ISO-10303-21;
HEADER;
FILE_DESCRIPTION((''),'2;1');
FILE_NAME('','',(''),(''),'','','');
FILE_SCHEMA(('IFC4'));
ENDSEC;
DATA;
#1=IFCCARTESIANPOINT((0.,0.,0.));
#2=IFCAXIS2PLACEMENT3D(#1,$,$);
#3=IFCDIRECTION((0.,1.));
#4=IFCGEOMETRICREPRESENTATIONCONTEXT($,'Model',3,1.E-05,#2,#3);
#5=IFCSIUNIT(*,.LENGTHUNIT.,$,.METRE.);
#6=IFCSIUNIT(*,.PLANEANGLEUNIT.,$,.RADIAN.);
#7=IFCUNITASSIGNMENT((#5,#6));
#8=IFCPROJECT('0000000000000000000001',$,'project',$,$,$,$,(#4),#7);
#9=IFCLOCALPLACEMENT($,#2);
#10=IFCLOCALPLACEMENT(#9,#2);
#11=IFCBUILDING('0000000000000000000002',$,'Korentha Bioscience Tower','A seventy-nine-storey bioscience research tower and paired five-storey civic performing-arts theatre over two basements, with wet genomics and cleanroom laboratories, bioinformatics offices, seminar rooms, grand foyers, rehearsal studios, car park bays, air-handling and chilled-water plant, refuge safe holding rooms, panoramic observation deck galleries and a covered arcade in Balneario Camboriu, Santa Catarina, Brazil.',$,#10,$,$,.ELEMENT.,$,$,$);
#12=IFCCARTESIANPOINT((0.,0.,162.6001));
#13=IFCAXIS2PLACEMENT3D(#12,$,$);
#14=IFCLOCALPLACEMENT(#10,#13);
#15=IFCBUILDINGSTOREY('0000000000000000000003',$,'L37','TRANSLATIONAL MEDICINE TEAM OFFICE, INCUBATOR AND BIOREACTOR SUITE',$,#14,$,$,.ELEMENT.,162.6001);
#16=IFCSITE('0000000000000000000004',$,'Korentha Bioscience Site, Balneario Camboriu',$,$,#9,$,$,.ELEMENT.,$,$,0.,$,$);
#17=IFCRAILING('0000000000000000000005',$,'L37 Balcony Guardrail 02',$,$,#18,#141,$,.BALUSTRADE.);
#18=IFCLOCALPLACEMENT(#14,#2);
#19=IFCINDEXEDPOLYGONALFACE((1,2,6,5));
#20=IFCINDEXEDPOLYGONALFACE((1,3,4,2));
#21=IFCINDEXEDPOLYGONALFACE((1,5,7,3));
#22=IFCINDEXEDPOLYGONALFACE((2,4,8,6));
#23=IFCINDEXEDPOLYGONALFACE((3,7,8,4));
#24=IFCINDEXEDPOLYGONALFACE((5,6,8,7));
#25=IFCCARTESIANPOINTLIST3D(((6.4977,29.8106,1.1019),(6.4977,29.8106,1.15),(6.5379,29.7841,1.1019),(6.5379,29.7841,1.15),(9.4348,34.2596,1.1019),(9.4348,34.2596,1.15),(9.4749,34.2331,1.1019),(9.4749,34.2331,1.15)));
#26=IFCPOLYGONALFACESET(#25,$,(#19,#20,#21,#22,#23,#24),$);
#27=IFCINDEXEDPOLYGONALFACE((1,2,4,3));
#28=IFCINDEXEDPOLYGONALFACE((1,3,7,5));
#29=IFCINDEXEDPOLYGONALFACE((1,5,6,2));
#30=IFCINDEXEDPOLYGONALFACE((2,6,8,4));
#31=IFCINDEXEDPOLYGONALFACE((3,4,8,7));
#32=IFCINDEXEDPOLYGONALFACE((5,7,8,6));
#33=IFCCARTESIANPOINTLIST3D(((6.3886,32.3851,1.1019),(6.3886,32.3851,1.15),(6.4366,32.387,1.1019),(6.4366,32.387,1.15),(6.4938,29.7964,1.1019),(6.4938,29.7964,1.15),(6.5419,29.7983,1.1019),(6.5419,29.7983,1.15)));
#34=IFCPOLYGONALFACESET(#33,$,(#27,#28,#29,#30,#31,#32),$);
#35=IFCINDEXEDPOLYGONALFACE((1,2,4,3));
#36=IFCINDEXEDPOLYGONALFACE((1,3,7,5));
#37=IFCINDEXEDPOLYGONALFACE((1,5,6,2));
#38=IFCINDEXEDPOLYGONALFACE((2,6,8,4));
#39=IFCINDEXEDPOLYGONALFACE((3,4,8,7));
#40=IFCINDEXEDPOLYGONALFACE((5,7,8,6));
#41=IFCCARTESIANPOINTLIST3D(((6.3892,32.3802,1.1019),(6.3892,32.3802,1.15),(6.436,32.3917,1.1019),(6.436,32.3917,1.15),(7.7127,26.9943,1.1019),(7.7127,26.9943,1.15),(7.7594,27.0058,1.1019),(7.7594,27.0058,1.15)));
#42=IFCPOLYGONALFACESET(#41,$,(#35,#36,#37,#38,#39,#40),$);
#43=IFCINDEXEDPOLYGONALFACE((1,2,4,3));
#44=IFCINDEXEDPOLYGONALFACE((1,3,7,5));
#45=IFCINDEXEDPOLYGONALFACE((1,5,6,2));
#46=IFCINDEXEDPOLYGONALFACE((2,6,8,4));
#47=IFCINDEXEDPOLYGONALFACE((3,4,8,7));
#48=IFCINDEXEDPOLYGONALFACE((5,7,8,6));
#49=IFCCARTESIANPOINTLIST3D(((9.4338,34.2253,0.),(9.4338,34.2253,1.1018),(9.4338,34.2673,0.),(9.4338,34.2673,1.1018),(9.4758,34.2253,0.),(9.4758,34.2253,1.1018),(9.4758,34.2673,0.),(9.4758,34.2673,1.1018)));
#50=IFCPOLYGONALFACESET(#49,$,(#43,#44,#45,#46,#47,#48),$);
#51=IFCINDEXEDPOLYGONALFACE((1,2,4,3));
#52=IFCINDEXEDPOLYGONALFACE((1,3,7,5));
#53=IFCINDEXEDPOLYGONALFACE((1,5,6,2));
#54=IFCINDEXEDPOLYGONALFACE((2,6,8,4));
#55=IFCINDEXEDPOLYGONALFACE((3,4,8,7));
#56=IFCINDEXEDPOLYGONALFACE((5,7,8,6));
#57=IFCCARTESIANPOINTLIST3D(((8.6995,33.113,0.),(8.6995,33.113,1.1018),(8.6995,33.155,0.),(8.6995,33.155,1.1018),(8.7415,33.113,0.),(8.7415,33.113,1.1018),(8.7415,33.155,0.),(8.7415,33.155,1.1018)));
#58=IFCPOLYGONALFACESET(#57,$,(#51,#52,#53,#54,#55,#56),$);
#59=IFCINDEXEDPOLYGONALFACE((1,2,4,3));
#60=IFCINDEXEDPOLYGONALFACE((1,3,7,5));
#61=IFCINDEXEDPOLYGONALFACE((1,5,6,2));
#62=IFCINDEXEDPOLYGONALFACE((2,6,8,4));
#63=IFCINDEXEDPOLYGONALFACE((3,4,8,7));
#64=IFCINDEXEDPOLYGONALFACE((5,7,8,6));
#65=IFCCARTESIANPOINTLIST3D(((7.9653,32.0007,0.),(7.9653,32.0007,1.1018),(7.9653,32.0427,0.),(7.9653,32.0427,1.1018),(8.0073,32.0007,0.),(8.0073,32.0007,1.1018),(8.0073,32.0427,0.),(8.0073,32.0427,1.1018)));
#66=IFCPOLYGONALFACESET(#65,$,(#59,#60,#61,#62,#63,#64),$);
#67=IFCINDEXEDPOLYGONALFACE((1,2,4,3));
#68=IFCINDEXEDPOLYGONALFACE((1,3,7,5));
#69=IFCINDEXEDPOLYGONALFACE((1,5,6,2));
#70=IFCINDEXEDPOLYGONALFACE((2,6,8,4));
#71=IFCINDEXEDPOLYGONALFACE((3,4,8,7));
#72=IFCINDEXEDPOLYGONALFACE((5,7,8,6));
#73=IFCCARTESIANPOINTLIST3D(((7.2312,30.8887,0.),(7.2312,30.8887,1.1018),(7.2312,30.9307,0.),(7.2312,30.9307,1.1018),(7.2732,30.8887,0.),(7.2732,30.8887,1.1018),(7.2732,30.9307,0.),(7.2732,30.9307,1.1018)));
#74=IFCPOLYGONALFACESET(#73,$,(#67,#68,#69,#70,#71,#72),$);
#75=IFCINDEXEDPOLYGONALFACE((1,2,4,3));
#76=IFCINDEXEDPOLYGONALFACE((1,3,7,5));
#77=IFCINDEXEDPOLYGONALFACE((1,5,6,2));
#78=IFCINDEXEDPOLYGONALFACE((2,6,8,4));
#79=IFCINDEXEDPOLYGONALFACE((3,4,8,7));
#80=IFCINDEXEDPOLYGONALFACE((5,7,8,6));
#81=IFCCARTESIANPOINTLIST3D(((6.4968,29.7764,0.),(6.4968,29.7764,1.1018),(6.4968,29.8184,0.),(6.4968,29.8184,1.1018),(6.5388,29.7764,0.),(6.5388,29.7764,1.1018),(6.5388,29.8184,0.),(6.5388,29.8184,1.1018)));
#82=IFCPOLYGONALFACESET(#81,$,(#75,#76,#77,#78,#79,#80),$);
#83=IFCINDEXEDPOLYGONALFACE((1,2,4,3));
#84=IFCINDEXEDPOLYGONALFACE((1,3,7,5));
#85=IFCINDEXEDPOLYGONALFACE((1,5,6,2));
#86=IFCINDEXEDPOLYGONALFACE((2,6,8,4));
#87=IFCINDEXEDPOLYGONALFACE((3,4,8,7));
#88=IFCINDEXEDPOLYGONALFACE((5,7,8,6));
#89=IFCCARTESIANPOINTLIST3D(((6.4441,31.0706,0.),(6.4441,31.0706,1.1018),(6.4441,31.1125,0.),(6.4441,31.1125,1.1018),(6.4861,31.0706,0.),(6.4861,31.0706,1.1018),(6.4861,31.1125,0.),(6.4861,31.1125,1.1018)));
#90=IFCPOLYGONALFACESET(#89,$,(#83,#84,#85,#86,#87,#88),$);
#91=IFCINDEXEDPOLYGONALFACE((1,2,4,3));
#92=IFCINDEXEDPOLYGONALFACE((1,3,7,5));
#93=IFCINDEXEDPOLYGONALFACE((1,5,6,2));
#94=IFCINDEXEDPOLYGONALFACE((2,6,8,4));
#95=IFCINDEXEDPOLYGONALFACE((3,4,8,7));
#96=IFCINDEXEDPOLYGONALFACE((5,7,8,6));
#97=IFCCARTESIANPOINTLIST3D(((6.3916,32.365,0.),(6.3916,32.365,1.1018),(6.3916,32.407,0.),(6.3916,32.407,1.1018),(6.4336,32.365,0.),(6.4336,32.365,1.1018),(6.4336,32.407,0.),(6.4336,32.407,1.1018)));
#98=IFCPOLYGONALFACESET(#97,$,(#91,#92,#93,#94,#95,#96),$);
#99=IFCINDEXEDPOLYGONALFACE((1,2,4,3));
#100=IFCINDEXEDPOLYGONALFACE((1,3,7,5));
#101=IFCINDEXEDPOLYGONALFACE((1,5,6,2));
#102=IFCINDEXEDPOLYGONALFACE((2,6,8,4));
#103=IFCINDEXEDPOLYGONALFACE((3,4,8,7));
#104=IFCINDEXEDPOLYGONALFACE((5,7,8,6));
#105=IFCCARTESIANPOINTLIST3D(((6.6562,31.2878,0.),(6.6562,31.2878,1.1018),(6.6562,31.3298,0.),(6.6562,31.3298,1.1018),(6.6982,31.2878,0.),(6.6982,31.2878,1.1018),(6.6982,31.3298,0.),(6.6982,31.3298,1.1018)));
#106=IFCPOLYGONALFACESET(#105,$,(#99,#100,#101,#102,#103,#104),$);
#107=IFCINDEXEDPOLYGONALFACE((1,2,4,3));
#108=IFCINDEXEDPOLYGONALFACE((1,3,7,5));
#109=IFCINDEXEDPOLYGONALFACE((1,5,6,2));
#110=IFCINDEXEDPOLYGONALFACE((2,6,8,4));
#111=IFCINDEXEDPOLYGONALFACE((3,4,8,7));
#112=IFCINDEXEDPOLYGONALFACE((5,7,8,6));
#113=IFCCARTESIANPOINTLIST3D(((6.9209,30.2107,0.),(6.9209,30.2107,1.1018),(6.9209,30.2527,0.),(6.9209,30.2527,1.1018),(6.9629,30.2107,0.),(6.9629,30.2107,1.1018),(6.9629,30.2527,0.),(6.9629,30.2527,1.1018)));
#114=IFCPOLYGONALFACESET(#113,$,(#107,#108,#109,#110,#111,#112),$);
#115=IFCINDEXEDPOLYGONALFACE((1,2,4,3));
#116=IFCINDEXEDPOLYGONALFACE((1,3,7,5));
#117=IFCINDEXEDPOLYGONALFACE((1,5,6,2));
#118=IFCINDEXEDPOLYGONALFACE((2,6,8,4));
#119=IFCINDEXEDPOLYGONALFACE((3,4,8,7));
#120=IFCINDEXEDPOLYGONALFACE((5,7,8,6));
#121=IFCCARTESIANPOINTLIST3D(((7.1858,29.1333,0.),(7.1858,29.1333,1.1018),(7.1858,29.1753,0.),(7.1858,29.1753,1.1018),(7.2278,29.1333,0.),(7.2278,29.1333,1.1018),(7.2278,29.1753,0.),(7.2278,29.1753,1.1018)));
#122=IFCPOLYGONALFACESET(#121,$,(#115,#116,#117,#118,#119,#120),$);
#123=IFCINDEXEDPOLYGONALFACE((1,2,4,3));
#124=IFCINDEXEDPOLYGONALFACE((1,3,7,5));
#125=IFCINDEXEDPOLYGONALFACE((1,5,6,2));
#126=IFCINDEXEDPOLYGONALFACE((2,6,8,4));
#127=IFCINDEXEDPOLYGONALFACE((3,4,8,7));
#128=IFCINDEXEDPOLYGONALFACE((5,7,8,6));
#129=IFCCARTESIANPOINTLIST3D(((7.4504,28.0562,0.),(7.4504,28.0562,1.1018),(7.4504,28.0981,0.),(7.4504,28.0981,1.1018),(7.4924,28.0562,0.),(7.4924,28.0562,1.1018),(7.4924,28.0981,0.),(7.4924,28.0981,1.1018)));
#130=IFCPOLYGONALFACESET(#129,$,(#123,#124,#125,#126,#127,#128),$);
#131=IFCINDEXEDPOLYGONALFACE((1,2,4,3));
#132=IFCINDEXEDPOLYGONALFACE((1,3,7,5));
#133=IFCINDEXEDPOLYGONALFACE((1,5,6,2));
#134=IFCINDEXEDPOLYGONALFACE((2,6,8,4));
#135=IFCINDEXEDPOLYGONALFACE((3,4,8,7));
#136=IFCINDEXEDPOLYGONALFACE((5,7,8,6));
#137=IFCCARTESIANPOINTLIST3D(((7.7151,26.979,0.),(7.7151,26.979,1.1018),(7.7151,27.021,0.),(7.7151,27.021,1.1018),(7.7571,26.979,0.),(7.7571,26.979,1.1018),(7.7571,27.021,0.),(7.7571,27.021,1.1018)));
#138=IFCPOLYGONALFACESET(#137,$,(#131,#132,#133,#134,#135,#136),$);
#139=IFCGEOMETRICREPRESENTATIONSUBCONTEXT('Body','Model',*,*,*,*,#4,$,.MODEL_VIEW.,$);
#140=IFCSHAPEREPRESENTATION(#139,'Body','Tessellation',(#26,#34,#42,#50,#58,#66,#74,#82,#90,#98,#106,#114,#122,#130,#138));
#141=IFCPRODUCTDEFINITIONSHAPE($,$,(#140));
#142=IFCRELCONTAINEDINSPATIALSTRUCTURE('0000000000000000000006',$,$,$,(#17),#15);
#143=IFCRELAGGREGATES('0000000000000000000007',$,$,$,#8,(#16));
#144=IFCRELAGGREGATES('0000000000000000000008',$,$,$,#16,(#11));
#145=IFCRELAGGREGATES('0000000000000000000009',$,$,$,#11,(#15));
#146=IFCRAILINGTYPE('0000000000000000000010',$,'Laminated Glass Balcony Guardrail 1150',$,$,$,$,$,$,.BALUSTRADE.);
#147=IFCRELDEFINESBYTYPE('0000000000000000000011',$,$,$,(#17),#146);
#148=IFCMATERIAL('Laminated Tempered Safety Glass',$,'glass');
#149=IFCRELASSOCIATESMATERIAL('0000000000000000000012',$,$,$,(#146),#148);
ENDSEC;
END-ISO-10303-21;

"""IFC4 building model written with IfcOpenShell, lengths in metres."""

from ifc_helpers import new_model, si_unit, direction, frame, origin, origin_2d, place, context, subcontext, project, spatial, rectangle, extrude, material, type_object, element, save


model = new_model("IFC4")

# Units and contexts
model_context = context("Model", 3, precision=1e-05, world=origin(), true_north=direction((0.0, 1.0)))
body_context = subcontext(model_context, "Body", "Model", "MODEL_VIEW")
ifc_project = project(units=[si_unit("LENGTHUNIT", "METRE"), si_unit("PLANEANGLEUNIT", "RADIAN")], contexts=[model_context])

# Site, building, storey
site_placement = place(None, origin())
site = spatial("IfcSite", under=ifc_project, at=site_placement, Name="Korentha Bioscience Site, Balneario Camboriu", CompositionType="ELEMENT", RefElevation=0.0)
building_placement = place(site_placement, origin())
building = spatial("IfcBuilding", under=site, at=building_placement, Name="Korentha Bioscience Tower", Description="A seventy-nine-storey bioscience research tower and paired five-storey civic performing-arts theatre over two basements, with wet genomics and cleanroom laboratories, bioinformatics offices, seminar rooms, grand foyers, rehearsal studios, car park bays, air-handling and chilled-water plant, refuge safe holding rooms, panoramic observation deck galleries and a covered arcade in Balneario Camboriu, Santa Catarina, Brazil.", CompositionType="ELEMENT")
storey_placement = place(building_placement, frame((0.0, 0.0, 162.6001)))
storey = spatial("IfcBuildingStorey", under=building, at=storey_placement, Name="L37", Description="TRANSLATIONAL MEDICINE TEAM OFFICE, INCUBATOR AND BIOREACTOR SUITE", CompositionType="ELEMENT", Elevation=162.6001)

# Railing
ifc_material_1 = material(Name="Laminated Tempered Safety Glass", Category="glass")
railing_type = type_object("IfcRailingType", Name="Laminated Glass Balcony Guardrail 1150", PredefinedType="BALUSTRADE", material=ifc_material_1)
railing_placement = place(storey_placement, frame((9.4548, 34.2463, 0.0)))
element("IfcRailing", 1, at=railing_placement, inside=storey, type_object=railing_type, Name="L37 Balcony Guardrail 02", PredefinedType="BALUSTRADE", context=body_context, shape_type="SweptSolid", body=[
    extrude(rectangle(XDim=0.0481, YDim=0.0481, at=origin_2d()), frame((0.0, 0.0, 1.126), z_axis=(-0.550932, -0.83455, 0.0), x_axis=(0.83455, -0.550932, 0.0)), (0.0, 0.0, 1.0), 5.3311),
    extrude(rectangle(XDim=0.0481, YDim=0.0481, at=origin_2d()), frame((-2.937, -4.449, 1.126), z_axis=(-0.040615, 0.999175, 0.0), x_axis=(-0.999175, -0.040615, 0.0)), (0.0, 0.0, 1.0), 2.5908),
    extrude(rectangle(XDim=0.0481, YDim=0.0481, at=origin_2d()), frame((-3.0422, -1.8604, 1.126), z_axis=(0.238629, -0.971111, 0.0), x_axis=(0.971111, 0.238629, 0.0)), (0.0, 0.0, 1.0), 5.5461),
    extrude(rectangle(XDim=0.042, YDim=0.042, at=origin_2d()), origin(), (0.0, 0.0, 1.0), 1.1018),
    extrude(rectangle(XDim=0.042, YDim=0.042, at=origin_2d()), frame((-0.7344, -1.1123, 0.0)), (0.0, 0.0, 1.0), 1.1018),
    extrude(rectangle(XDim=0.042, YDim=0.042, at=origin_2d()), frame((-1.4685, -2.2246, 0.0)), (0.0, 0.0, 1.0), 1.1018),
    extrude(rectangle(XDim=0.042, YDim=0.042, at=origin_2d()), frame((-2.2026, -3.3367, 0.0)), (0.0, 0.0, 1.0), 1.1018),
    extrude(rectangle(XDim=0.042, YDim=0.042, at=origin_2d()), frame((-2.937, -4.449, 0.0)), (0.0, 0.0, 1.0), 1.1018),
    extrude(rectangle(XDim=0.042, YDim=0.042, at=origin_2d()), frame((-2.9897, -3.1548, 0.0)), (0.0, 0.0, 1.0), 1.1018),
    extrude(rectangle(XDim=0.042, YDim=0.042, at=origin_2d()), frame((-3.0422, -1.8604, 0.0)), (0.0, 0.0, 1.0), 1.1018),
    extrude(rectangle(XDim=0.042, YDim=0.042, at=origin_2d()), frame((-2.7776, -2.9375, 0.0)), (0.0, 0.0, 1.0), 1.1018),
    extrude(rectangle(XDim=0.042, YDim=0.042, at=origin_2d()), frame((-2.5129, -4.0146, 0.0)), (0.0, 0.0, 1.0), 1.1018),
    extrude(rectangle(XDim=0.042, YDim=0.042, at=origin_2d()), frame((-2.248, -5.092, 0.0)), (0.0, 0.0, 1.0), 1.1018),
    extrude(rectangle(XDim=0.042, YDim=0.042, at=origin_2d()), frame((-1.9834, -6.1692, 0.0)), (0.0, 0.0, 1.0), 1.1018),
    extrude(rectangle(XDim=0.042, YDim=0.042, at=origin_2d()), frame((-1.7188, -7.2463, 0.0)), (0.0, 0.0, 1.0), 1.1018),
])

save(model, "model.ifc")
